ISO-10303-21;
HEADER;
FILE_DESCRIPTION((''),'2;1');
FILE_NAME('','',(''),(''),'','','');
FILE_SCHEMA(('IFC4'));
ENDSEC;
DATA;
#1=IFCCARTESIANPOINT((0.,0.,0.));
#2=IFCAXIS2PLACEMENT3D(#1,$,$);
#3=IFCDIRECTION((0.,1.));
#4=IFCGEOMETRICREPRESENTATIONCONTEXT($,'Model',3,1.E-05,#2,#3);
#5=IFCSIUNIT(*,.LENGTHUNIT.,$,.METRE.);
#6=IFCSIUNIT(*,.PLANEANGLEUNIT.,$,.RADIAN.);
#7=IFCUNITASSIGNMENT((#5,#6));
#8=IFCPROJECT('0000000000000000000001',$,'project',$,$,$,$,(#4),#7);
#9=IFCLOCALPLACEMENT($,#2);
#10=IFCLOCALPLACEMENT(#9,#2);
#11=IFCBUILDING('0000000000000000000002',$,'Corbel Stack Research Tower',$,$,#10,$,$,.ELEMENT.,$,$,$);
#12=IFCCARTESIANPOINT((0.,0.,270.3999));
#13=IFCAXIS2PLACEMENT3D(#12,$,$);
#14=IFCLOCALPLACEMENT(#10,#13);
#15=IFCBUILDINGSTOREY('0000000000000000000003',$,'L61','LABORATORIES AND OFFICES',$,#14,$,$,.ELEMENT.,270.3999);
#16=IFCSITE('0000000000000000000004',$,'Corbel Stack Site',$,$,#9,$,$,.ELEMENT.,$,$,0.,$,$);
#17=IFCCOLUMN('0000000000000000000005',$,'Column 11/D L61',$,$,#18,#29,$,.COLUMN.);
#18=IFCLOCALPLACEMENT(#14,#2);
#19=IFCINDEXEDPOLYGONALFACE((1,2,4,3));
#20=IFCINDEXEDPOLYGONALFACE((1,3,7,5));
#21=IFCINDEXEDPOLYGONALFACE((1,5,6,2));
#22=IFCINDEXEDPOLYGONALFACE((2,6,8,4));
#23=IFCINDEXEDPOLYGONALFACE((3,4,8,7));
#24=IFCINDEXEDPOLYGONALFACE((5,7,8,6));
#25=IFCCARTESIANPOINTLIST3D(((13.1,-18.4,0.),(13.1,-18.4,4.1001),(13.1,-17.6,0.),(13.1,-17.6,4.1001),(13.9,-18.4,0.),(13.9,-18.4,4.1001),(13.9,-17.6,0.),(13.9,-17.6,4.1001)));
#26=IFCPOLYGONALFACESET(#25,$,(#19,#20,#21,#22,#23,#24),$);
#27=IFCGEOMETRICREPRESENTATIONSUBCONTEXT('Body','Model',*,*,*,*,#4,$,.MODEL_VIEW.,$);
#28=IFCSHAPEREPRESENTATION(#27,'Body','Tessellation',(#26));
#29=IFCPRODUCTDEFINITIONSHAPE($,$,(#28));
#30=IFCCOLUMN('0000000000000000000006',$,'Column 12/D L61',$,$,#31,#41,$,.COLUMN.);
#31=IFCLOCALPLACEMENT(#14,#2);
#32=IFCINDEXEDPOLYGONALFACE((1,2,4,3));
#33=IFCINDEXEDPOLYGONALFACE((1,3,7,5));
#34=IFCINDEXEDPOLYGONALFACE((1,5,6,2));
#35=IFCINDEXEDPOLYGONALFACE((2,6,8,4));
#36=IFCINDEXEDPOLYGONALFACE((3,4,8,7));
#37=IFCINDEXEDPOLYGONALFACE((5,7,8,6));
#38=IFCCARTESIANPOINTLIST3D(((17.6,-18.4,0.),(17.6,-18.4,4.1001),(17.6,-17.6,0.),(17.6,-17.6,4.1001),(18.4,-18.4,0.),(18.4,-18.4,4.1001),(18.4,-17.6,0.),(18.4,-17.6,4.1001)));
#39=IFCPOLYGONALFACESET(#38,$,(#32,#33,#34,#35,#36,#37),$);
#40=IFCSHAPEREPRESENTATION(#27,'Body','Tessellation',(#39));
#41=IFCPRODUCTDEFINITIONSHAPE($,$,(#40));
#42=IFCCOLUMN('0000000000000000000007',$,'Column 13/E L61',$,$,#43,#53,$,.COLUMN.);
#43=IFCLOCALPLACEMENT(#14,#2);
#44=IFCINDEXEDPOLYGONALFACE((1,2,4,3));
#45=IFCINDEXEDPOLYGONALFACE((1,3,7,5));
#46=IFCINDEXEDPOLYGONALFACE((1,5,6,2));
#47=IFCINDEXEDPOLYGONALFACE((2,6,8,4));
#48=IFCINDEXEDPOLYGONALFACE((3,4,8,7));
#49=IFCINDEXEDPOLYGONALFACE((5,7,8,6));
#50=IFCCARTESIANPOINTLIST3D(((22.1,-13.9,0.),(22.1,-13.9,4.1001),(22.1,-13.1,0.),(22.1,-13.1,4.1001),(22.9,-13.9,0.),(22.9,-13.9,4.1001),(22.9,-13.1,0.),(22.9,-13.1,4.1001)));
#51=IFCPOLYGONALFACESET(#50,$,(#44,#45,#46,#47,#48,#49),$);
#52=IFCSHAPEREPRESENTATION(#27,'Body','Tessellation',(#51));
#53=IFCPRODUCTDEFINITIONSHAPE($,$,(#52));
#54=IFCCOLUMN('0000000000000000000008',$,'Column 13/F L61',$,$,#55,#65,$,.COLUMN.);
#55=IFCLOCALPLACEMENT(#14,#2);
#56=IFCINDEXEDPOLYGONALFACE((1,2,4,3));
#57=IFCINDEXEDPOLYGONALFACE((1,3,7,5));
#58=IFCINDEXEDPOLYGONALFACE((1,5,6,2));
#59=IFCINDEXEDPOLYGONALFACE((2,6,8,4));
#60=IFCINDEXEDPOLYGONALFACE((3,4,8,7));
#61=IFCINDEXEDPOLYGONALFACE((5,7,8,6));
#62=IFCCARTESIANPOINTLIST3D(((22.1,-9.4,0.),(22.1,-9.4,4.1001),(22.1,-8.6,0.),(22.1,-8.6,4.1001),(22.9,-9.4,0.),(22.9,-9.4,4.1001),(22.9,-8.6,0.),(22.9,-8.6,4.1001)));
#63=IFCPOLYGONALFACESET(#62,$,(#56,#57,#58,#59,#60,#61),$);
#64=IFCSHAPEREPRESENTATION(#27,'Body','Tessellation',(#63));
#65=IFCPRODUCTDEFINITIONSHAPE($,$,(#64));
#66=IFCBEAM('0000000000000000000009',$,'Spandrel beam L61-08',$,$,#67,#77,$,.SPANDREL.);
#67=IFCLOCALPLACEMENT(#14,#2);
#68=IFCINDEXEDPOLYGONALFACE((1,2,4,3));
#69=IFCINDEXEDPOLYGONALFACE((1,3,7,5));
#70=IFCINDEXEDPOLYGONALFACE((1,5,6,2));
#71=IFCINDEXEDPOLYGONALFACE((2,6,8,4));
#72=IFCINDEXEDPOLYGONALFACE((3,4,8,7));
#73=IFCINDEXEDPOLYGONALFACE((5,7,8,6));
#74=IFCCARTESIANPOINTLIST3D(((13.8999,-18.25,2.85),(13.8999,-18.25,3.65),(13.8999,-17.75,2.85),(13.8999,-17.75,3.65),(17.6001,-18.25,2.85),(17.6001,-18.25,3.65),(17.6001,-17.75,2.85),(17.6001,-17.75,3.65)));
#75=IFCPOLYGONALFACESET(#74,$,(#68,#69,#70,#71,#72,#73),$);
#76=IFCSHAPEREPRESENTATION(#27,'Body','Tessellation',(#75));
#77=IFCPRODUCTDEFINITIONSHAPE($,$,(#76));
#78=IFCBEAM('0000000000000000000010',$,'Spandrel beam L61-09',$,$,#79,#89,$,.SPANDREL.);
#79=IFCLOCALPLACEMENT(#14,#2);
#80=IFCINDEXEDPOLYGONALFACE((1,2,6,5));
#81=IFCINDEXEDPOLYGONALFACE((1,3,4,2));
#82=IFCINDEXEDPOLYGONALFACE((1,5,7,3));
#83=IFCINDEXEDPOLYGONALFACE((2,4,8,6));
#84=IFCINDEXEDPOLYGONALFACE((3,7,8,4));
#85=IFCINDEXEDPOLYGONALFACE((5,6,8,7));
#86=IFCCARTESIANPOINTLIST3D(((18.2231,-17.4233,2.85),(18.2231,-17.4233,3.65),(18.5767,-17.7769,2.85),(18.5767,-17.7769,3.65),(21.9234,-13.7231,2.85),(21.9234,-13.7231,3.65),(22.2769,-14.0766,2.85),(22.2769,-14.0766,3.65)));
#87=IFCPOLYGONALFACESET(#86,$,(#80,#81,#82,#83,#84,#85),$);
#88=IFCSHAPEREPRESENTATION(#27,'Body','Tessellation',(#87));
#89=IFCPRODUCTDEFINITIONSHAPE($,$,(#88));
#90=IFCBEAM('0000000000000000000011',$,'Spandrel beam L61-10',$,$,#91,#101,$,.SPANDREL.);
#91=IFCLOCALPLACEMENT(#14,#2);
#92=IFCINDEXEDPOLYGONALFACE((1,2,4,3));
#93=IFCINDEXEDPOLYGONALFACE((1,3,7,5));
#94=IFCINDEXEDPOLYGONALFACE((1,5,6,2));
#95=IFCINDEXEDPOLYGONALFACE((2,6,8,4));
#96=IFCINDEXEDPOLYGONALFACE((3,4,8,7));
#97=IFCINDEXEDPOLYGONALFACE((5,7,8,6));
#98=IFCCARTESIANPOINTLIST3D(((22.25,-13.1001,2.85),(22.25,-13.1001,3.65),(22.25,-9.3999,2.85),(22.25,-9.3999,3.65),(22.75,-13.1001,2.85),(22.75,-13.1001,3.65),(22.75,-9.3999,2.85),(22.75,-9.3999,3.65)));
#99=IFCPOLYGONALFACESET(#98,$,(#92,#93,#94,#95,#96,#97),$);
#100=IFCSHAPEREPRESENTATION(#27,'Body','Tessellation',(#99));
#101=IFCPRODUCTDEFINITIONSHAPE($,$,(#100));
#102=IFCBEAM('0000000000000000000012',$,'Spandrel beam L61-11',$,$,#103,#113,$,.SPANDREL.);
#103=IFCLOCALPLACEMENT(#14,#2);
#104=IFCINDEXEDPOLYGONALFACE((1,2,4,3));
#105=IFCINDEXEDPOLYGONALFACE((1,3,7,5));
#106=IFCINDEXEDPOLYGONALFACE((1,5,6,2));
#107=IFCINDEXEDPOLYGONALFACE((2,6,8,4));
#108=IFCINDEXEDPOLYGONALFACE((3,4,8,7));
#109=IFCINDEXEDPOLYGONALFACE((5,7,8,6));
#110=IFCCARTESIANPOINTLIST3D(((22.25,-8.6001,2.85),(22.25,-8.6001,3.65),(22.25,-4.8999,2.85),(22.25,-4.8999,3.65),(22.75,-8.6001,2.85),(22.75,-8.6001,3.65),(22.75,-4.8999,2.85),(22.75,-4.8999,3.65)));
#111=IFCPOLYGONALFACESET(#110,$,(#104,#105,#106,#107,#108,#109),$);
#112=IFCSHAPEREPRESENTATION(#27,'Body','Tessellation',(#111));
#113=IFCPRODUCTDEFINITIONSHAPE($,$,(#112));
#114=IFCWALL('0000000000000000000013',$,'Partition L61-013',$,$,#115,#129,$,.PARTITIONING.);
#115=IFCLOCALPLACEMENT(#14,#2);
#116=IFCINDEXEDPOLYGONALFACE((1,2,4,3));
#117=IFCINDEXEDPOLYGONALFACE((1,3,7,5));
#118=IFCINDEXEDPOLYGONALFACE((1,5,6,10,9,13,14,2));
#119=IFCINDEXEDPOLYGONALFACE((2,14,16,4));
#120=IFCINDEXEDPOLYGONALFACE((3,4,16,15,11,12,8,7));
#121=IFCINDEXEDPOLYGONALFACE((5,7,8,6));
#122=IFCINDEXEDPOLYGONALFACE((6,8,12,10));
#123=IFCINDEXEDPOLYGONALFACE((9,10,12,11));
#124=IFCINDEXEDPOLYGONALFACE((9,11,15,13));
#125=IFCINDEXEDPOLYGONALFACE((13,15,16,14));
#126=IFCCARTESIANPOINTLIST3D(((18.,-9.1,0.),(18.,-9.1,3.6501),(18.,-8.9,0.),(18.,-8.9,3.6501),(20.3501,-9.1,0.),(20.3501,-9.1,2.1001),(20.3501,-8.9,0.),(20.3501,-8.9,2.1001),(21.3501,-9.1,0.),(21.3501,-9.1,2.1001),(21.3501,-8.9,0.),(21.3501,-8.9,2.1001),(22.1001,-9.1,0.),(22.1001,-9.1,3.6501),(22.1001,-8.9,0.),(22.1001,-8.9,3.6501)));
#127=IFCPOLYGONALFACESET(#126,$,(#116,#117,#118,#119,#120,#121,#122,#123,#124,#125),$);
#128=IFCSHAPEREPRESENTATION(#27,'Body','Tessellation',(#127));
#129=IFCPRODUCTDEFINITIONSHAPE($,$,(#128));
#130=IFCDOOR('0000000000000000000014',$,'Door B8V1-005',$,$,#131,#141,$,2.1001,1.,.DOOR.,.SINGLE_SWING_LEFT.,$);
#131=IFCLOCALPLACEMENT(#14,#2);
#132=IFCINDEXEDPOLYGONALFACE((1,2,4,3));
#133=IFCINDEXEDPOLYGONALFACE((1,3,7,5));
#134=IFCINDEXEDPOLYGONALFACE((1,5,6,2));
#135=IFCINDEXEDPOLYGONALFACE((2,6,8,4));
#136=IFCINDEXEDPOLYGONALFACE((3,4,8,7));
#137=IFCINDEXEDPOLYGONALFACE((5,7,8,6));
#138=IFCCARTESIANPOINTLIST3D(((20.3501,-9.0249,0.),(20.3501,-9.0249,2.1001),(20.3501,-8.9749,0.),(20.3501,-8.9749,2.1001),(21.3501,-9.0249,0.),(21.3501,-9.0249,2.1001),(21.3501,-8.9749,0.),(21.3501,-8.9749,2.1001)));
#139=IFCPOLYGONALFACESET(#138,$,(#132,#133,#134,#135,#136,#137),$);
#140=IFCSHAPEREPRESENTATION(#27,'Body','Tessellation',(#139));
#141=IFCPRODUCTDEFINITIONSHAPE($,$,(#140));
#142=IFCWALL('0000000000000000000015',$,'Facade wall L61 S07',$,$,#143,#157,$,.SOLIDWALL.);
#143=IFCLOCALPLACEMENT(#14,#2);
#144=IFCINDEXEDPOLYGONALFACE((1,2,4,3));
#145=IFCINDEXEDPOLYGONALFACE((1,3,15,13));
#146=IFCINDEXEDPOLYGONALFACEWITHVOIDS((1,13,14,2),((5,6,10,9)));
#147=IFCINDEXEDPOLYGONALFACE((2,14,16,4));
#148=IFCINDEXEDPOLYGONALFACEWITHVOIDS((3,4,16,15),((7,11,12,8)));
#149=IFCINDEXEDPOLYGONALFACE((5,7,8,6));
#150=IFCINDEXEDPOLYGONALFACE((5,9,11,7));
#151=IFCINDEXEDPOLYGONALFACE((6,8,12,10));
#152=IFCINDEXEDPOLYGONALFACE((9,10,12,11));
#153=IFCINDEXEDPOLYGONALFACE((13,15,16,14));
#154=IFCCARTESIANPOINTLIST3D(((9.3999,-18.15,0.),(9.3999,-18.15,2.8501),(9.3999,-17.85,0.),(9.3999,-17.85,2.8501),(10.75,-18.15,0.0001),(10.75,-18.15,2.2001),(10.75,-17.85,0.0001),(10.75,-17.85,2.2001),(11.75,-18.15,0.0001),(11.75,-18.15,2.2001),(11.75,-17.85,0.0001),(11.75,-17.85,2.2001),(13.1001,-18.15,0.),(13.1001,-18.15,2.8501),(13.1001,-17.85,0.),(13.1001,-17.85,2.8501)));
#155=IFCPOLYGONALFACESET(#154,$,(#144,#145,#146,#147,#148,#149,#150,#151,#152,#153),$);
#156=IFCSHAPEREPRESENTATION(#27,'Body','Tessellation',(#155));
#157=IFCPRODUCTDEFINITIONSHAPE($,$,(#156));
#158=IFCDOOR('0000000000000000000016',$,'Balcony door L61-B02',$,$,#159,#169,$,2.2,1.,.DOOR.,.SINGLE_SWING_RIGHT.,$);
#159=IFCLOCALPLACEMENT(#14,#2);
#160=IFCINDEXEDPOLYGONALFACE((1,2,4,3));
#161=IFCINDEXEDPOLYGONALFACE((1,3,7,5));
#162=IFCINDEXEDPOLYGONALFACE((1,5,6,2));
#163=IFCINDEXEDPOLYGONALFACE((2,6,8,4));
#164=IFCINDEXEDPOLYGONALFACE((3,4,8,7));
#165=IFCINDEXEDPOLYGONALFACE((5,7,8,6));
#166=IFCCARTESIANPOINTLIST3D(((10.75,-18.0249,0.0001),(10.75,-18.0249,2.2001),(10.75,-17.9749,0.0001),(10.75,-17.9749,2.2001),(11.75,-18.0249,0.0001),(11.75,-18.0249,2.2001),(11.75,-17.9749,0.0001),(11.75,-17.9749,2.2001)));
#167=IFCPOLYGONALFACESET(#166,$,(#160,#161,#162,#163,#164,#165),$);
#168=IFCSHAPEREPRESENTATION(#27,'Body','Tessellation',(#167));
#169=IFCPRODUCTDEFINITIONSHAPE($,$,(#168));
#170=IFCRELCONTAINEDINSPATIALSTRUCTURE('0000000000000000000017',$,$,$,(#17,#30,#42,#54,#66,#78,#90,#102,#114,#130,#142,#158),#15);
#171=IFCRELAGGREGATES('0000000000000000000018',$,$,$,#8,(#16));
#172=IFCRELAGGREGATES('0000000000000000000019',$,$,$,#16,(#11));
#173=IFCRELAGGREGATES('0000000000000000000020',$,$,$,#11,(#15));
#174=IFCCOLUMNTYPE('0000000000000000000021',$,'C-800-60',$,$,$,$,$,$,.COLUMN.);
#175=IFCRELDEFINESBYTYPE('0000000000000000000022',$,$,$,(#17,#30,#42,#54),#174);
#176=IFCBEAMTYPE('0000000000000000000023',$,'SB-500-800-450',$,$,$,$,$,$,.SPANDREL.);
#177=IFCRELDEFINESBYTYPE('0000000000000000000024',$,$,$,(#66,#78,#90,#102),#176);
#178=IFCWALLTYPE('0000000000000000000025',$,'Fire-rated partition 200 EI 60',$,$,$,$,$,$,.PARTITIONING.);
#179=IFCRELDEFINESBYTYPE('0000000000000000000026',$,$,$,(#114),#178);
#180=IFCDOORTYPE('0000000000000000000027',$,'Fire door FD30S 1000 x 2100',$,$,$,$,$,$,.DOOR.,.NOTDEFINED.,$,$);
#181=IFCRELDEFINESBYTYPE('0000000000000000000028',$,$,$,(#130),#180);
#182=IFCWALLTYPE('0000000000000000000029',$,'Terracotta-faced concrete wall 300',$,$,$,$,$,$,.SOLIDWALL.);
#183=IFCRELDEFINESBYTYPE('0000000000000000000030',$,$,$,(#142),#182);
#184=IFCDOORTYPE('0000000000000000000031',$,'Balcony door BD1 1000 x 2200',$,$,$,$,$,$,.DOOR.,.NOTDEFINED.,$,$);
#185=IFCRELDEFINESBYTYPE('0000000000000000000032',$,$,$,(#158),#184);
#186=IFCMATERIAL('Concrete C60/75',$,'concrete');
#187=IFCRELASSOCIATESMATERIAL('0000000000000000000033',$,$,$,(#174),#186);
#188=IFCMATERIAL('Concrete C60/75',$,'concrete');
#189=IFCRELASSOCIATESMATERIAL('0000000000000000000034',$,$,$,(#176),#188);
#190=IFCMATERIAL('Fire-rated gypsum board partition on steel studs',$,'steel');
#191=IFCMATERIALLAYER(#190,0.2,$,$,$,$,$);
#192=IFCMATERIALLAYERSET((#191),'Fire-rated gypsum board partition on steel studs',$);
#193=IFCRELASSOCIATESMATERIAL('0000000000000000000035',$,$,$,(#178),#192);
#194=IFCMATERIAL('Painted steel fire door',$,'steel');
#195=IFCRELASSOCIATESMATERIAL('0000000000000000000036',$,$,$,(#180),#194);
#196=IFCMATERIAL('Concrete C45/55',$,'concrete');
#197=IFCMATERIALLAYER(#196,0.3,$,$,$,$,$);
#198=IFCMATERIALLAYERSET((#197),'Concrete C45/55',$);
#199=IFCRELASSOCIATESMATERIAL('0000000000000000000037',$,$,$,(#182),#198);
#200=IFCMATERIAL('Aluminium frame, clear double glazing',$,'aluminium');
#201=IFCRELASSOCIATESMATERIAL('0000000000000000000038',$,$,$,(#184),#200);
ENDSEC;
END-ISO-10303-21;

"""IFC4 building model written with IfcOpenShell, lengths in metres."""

from ifc_helpers import new_model, si_unit, direction, frame, frame_2d, origin, origin_2d, place, context, subcontext, project, spatial, rectangle, extrude, material, layer, layer_set, material_profile, profile_set, type_object, element, fill, save


model = new_model("IFC4")

# Units and contexts
model_context = context("Model", 3, precision=1e-05, world=origin(), true_north=direction((0.0, 1.0)))
body_context = subcontext(model_context, "Body", "Model", "MODEL_VIEW")
ifc_project = project(units=[si_unit("LENGTHUNIT", "METRE"), si_unit("PLANEANGLEUNIT", "RADIAN")], contexts=[model_context])

# Site, building, storey
site_placement = place(None, origin())
site = spatial("IfcSite", under=ifc_project, at=site_placement, Name="Corbel Stack Site", CompositionType="ELEMENT", RefElevation=0.0)
building_placement = place(site_placement, origin())
building = spatial("IfcBuilding", under=site, at=building_placement, Name="Corbel Stack Research Tower", CompositionType="ELEMENT")
storey_placement = place(building_placement, frame((0.0, 0.0, 270.3999)))
storey = spatial("IfcBuildingStorey", under=building, at=storey_placement, Name="L61", Description="LABORATORIES AND OFFICES", CompositionType="ELEMENT", Elevation=270.3999)

# Columns
ifc_material_1 = material(Name="Concrete C60/75", Category="concrete")
ifc_material_profile_1 = material_profile(ifc_material_1, rectangle(XDim=0.8, YDim=0.8, at=origin_2d()), Name="RC 800 x 800")
ifc_profile_set_1 = profile_set([ifc_material_profile_1], Name="Concrete C60/75")
column_type = type_object("IfcColumnType", Name="C-800-60", PredefinedType="COLUMN", material=ifc_profile_set_1)
for number, where, z_axis, x_axis, name in (
    (1, (13.5, -18.0, 0.0), (0.0, 0.0, 1.0), (1.0, 0.0, 0.0), "Column 11/D L61"),
    (2, (18.0, -18.0, 0.0), (0.0, 0.0, 1.0), (1.0, 0.0, 0.0), "Column 12/D L61"),
    (3, (22.5, -13.5, 0.0), (0.0, 0.0, 1.0), (1.0, 0.0, 0.0), "Column 13/E L61"),
    (4, (22.5, -9.0, 0.0), (0.0, 0.0, 1.0), (1.0, 0.0, 0.0), "Column 13/F L61"),
):
    element("IfcColumn", number, at=place(storey_placement, frame(where, z_axis=z_axis, x_axis=x_axis)), inside=storey, type_object=column_type, Name=name, PredefinedType="COLUMN", context=body_context, shape_type="SweptSolid", body=[
        extrude(rectangle(XDim=0.8, YDim=0.8, at=origin_2d()), origin(), (0.0, 0.0, 1.0), 4.1001),
    ])

# Beams
ifc_material_2 = material(Name="Concrete C60/75", Category="concrete")
ifc_material_profile_2 = material_profile(ifc_material_2, rectangle(XDim=0.5, YDim=0.8, at=origin_2d()), Name="RC 500 x 800")
ifc_profile_set_2 = profile_set([ifc_material_profile_2], Name="Concrete C60/75")
beam_type = type_object("IfcBeamType", Name="SB-500-800-450", PredefinedType="SPANDREL", material=ifc_profile_set_2)
beam_1_placement = place(storey_placement, frame((13.8999, -18.0, 3.25), z_axis=(1.0, 0.0, 0.0), x_axis=(0.0, 1.0, 0.0)))
element("IfcBeam", 5, at=beam_1_placement, inside=storey, type_object=beam_type, Name="Spandrel beam L61-08", PredefinedType="SPANDREL", context=body_context, shape_type="SweptSolid", body=[
    extrude(rectangle(XDim=0.5, YDim=0.8, at=origin_2d()), origin(), (0.0, 0.0, 1.0), 3.7002),
])
beam_2_placement = place(storey_placement, frame((18.3999, -17.6001, 3.25), z_axis=(0.707107, 0.707107, 0.0), x_axis=(-0.707107, 0.707107, 0.0)))
element("IfcBeam", 6, at=beam_2_placement, inside=storey, type_object=beam_type, Name="Spandrel beam L61-09", PredefinedType="SPANDREL", context=body_context, shape_type="SweptSolid", body=[
    extrude(rectangle(XDim=0.5, YDim=0.8, at=origin_2d()), origin(), (0.0, 0.0, 1.0), 5.2329),
])
for number, where, z_axis, x_axis, name in (
    (7, (22.5, -13.1001, 3.25), (0.0, 1.0, 0.0), (-1.0, 0.0, 0.0), "Spandrel beam L61-10"),
    (8, (22.5, -8.6001, 3.25), (0.0, 1.0, 0.0), (-1.0, 0.0, 0.0), "Spandrel beam L61-11"),
):
    element("IfcBeam", number, at=place(storey_placement, frame(where, z_axis=z_axis, x_axis=x_axis)), inside=storey, type_object=beam_type, Name=name, PredefinedType="SPANDREL", context=body_context, shape_type="SweptSolid", body=[
        extrude(rectangle(XDim=0.5, YDim=0.8, at=origin_2d()), origin(), (0.0, 0.0, 1.0), 3.7002),
    ])

# Walls, openings, doors
ifc_material_3 = material(Name="Fire-rated gypsum board partition on steel studs", Category="steel")
ifc_layer_1 = layer(ifc_material_3, 0.2)
ifc_layer_set_1 = layer_set([ifc_layer_1], Name="Fire-rated gypsum board partition on steel studs")
wall_type_1 = type_object("IfcWallType", Name="Fire-rated partition 200 EI 60", PredefinedType="PARTITIONING", material=ifc_layer_set_1)
wall_1_placement = place(storey_placement, frame((22.1001, -9.0, 0.0), z_axis=(0.0, 0.0, 1.0), x_axis=(-1.0, 0.0, 0.0)))
wall_1 = element("IfcWall", 9, at=wall_1_placement, inside=storey, type_object=wall_type_1, Name="Partition L61-013", PredefinedType="PARTITIONING", context=body_context, shape_type="SweptSolid", body=[
    extrude(rectangle(XDim=4.1001, YDim=0.2, at=frame_2d((2.05, 0.0))), origin(), (0.0, 0.0, 1.0), 3.6501),
])
opening_1_placement = place(wall_1_placement, frame((0.75, 0.0, 0.0)))
opening_1 = element("IfcOpeningElement", 10, at=opening_1_placement, cuts=wall_1, PredefinedType="OPENING", context=body_context, shape_type="SweptSolid", body=[
    extrude(rectangle(XDim=1.0, YDim=2.1001, at=frame_2d((0.5, 1.05))), frame((0.0, 0.1099, 0.0), z_axis=(0.0, -1.0, 0.0), x_axis=(1.0, 0.0, 0.0)), (0.0, 0.0, 1.0), 0.22),
])
ifc_material_4 = material(Name="Painted steel fire door", Category="steel")
door_type_1 = type_object("IfcDoorType", Name="Fire door FD30S 1000 x 2100", OperationType="NOTDEFINED", PredefinedType="DOOR", material=ifc_material_4)
door_1_placement = place(opening_1_placement, origin())
door_1 = element("IfcDoor", 11, at=door_1_placement, inside=storey, type_object=door_type_1, Name="Door B8V1-005", OperationType="SINGLE_SWING_LEFT", OverallHeight=2.1001, OverallWidth=1.0, PredefinedType="DOOR", context=body_context, shape_type="SweptSolid", body=[
    extrude(rectangle(XDim=1.0, YDim=2.1001, at=frame_2d((0.5, 1.05))), frame((0.0, 0.0249, 0.0), z_axis=(0.0, -1.0, 0.0), x_axis=(1.0, 0.0, 0.0)), (0.0, 0.0, 1.0), 0.05),
])
fill(opening_1, door_1)
ifc_material_5 = material(Name="Concrete C45/55", Category="concrete")
ifc_layer_2 = layer(ifc_material_5, 0.3)
ifc_layer_set_2 = layer_set([ifc_layer_2], Name="Concrete C45/55")
wall_type_2 = type_object("IfcWallType", Name="Terracotta-faced concrete wall 300", PredefinedType="SOLIDWALL", material=ifc_layer_set_2)
wall_2_placement = place(storey_placement, frame((13.1001, -18.0, 0.0), z_axis=(0.0, 0.0, 1.0), x_axis=(-1.0, 0.0, 0.0)))
wall_2 = element("IfcWall", 12, at=wall_2_placement, inside=storey, type_object=wall_type_2, Name="Facade wall L61 S07", PredefinedType="SOLIDWALL", context=body_context, shape_type="SweptSolid", body=[
    extrude(rectangle(XDim=3.7002, YDim=0.3, at=frame_2d((1.8501, 0.0))), origin(), (0.0, 0.0, 1.0), 2.8501),
])
opening_2_placement = place(wall_2_placement, frame((1.3501, 0.0, 0.0)))
opening_2 = element("IfcOpeningElement", 13, at=opening_2_placement, cuts=wall_2, PredefinedType="OPENING", context=body_context, shape_type="SweptSolid", body=[
    extrude(rectangle(XDim=1.0, YDim=2.2, at=frame_2d((0.5, 1.1001))), frame((0.0, 0.1599, 0.0), z_axis=(0.0, -1.0, 0.0), x_axis=(1.0, 0.0, 0.0)), (0.0, 0.0, 1.0), 0.3201),
])
ifc_material_6 = material(Name="Aluminium frame, clear double glazing", Category="aluminium")
door_type_2 = type_object("IfcDoorType", Name="Balcony door BD1 1000 x 2200", OperationType="NOTDEFINED", PredefinedType="DOOR", material=ifc_material_6)
door_2_placement = place(opening_2_placement, origin())
door_2 = element("IfcDoor", 14, at=door_2_placement, inside=storey, type_object=door_type_2, Name="Balcony door L61-B02", OperationType="SINGLE_SWING_RIGHT", OverallHeight=2.2, OverallWidth=1.0, PredefinedType="DOOR", context=body_context, shape_type="SweptSolid", body=[
    extrude(rectangle(XDim=1.0, YDim=2.2, at=frame_2d((0.5, 1.1001))), frame((0.0, 0.0249, 0.0), z_axis=(0.0, -1.0, 0.0), x_axis=(1.0, 0.0, 0.0)), (0.0, 0.0, 1.0), 0.05),
])
fill(opening_2, door_2)

save(model, "model.ifc")
